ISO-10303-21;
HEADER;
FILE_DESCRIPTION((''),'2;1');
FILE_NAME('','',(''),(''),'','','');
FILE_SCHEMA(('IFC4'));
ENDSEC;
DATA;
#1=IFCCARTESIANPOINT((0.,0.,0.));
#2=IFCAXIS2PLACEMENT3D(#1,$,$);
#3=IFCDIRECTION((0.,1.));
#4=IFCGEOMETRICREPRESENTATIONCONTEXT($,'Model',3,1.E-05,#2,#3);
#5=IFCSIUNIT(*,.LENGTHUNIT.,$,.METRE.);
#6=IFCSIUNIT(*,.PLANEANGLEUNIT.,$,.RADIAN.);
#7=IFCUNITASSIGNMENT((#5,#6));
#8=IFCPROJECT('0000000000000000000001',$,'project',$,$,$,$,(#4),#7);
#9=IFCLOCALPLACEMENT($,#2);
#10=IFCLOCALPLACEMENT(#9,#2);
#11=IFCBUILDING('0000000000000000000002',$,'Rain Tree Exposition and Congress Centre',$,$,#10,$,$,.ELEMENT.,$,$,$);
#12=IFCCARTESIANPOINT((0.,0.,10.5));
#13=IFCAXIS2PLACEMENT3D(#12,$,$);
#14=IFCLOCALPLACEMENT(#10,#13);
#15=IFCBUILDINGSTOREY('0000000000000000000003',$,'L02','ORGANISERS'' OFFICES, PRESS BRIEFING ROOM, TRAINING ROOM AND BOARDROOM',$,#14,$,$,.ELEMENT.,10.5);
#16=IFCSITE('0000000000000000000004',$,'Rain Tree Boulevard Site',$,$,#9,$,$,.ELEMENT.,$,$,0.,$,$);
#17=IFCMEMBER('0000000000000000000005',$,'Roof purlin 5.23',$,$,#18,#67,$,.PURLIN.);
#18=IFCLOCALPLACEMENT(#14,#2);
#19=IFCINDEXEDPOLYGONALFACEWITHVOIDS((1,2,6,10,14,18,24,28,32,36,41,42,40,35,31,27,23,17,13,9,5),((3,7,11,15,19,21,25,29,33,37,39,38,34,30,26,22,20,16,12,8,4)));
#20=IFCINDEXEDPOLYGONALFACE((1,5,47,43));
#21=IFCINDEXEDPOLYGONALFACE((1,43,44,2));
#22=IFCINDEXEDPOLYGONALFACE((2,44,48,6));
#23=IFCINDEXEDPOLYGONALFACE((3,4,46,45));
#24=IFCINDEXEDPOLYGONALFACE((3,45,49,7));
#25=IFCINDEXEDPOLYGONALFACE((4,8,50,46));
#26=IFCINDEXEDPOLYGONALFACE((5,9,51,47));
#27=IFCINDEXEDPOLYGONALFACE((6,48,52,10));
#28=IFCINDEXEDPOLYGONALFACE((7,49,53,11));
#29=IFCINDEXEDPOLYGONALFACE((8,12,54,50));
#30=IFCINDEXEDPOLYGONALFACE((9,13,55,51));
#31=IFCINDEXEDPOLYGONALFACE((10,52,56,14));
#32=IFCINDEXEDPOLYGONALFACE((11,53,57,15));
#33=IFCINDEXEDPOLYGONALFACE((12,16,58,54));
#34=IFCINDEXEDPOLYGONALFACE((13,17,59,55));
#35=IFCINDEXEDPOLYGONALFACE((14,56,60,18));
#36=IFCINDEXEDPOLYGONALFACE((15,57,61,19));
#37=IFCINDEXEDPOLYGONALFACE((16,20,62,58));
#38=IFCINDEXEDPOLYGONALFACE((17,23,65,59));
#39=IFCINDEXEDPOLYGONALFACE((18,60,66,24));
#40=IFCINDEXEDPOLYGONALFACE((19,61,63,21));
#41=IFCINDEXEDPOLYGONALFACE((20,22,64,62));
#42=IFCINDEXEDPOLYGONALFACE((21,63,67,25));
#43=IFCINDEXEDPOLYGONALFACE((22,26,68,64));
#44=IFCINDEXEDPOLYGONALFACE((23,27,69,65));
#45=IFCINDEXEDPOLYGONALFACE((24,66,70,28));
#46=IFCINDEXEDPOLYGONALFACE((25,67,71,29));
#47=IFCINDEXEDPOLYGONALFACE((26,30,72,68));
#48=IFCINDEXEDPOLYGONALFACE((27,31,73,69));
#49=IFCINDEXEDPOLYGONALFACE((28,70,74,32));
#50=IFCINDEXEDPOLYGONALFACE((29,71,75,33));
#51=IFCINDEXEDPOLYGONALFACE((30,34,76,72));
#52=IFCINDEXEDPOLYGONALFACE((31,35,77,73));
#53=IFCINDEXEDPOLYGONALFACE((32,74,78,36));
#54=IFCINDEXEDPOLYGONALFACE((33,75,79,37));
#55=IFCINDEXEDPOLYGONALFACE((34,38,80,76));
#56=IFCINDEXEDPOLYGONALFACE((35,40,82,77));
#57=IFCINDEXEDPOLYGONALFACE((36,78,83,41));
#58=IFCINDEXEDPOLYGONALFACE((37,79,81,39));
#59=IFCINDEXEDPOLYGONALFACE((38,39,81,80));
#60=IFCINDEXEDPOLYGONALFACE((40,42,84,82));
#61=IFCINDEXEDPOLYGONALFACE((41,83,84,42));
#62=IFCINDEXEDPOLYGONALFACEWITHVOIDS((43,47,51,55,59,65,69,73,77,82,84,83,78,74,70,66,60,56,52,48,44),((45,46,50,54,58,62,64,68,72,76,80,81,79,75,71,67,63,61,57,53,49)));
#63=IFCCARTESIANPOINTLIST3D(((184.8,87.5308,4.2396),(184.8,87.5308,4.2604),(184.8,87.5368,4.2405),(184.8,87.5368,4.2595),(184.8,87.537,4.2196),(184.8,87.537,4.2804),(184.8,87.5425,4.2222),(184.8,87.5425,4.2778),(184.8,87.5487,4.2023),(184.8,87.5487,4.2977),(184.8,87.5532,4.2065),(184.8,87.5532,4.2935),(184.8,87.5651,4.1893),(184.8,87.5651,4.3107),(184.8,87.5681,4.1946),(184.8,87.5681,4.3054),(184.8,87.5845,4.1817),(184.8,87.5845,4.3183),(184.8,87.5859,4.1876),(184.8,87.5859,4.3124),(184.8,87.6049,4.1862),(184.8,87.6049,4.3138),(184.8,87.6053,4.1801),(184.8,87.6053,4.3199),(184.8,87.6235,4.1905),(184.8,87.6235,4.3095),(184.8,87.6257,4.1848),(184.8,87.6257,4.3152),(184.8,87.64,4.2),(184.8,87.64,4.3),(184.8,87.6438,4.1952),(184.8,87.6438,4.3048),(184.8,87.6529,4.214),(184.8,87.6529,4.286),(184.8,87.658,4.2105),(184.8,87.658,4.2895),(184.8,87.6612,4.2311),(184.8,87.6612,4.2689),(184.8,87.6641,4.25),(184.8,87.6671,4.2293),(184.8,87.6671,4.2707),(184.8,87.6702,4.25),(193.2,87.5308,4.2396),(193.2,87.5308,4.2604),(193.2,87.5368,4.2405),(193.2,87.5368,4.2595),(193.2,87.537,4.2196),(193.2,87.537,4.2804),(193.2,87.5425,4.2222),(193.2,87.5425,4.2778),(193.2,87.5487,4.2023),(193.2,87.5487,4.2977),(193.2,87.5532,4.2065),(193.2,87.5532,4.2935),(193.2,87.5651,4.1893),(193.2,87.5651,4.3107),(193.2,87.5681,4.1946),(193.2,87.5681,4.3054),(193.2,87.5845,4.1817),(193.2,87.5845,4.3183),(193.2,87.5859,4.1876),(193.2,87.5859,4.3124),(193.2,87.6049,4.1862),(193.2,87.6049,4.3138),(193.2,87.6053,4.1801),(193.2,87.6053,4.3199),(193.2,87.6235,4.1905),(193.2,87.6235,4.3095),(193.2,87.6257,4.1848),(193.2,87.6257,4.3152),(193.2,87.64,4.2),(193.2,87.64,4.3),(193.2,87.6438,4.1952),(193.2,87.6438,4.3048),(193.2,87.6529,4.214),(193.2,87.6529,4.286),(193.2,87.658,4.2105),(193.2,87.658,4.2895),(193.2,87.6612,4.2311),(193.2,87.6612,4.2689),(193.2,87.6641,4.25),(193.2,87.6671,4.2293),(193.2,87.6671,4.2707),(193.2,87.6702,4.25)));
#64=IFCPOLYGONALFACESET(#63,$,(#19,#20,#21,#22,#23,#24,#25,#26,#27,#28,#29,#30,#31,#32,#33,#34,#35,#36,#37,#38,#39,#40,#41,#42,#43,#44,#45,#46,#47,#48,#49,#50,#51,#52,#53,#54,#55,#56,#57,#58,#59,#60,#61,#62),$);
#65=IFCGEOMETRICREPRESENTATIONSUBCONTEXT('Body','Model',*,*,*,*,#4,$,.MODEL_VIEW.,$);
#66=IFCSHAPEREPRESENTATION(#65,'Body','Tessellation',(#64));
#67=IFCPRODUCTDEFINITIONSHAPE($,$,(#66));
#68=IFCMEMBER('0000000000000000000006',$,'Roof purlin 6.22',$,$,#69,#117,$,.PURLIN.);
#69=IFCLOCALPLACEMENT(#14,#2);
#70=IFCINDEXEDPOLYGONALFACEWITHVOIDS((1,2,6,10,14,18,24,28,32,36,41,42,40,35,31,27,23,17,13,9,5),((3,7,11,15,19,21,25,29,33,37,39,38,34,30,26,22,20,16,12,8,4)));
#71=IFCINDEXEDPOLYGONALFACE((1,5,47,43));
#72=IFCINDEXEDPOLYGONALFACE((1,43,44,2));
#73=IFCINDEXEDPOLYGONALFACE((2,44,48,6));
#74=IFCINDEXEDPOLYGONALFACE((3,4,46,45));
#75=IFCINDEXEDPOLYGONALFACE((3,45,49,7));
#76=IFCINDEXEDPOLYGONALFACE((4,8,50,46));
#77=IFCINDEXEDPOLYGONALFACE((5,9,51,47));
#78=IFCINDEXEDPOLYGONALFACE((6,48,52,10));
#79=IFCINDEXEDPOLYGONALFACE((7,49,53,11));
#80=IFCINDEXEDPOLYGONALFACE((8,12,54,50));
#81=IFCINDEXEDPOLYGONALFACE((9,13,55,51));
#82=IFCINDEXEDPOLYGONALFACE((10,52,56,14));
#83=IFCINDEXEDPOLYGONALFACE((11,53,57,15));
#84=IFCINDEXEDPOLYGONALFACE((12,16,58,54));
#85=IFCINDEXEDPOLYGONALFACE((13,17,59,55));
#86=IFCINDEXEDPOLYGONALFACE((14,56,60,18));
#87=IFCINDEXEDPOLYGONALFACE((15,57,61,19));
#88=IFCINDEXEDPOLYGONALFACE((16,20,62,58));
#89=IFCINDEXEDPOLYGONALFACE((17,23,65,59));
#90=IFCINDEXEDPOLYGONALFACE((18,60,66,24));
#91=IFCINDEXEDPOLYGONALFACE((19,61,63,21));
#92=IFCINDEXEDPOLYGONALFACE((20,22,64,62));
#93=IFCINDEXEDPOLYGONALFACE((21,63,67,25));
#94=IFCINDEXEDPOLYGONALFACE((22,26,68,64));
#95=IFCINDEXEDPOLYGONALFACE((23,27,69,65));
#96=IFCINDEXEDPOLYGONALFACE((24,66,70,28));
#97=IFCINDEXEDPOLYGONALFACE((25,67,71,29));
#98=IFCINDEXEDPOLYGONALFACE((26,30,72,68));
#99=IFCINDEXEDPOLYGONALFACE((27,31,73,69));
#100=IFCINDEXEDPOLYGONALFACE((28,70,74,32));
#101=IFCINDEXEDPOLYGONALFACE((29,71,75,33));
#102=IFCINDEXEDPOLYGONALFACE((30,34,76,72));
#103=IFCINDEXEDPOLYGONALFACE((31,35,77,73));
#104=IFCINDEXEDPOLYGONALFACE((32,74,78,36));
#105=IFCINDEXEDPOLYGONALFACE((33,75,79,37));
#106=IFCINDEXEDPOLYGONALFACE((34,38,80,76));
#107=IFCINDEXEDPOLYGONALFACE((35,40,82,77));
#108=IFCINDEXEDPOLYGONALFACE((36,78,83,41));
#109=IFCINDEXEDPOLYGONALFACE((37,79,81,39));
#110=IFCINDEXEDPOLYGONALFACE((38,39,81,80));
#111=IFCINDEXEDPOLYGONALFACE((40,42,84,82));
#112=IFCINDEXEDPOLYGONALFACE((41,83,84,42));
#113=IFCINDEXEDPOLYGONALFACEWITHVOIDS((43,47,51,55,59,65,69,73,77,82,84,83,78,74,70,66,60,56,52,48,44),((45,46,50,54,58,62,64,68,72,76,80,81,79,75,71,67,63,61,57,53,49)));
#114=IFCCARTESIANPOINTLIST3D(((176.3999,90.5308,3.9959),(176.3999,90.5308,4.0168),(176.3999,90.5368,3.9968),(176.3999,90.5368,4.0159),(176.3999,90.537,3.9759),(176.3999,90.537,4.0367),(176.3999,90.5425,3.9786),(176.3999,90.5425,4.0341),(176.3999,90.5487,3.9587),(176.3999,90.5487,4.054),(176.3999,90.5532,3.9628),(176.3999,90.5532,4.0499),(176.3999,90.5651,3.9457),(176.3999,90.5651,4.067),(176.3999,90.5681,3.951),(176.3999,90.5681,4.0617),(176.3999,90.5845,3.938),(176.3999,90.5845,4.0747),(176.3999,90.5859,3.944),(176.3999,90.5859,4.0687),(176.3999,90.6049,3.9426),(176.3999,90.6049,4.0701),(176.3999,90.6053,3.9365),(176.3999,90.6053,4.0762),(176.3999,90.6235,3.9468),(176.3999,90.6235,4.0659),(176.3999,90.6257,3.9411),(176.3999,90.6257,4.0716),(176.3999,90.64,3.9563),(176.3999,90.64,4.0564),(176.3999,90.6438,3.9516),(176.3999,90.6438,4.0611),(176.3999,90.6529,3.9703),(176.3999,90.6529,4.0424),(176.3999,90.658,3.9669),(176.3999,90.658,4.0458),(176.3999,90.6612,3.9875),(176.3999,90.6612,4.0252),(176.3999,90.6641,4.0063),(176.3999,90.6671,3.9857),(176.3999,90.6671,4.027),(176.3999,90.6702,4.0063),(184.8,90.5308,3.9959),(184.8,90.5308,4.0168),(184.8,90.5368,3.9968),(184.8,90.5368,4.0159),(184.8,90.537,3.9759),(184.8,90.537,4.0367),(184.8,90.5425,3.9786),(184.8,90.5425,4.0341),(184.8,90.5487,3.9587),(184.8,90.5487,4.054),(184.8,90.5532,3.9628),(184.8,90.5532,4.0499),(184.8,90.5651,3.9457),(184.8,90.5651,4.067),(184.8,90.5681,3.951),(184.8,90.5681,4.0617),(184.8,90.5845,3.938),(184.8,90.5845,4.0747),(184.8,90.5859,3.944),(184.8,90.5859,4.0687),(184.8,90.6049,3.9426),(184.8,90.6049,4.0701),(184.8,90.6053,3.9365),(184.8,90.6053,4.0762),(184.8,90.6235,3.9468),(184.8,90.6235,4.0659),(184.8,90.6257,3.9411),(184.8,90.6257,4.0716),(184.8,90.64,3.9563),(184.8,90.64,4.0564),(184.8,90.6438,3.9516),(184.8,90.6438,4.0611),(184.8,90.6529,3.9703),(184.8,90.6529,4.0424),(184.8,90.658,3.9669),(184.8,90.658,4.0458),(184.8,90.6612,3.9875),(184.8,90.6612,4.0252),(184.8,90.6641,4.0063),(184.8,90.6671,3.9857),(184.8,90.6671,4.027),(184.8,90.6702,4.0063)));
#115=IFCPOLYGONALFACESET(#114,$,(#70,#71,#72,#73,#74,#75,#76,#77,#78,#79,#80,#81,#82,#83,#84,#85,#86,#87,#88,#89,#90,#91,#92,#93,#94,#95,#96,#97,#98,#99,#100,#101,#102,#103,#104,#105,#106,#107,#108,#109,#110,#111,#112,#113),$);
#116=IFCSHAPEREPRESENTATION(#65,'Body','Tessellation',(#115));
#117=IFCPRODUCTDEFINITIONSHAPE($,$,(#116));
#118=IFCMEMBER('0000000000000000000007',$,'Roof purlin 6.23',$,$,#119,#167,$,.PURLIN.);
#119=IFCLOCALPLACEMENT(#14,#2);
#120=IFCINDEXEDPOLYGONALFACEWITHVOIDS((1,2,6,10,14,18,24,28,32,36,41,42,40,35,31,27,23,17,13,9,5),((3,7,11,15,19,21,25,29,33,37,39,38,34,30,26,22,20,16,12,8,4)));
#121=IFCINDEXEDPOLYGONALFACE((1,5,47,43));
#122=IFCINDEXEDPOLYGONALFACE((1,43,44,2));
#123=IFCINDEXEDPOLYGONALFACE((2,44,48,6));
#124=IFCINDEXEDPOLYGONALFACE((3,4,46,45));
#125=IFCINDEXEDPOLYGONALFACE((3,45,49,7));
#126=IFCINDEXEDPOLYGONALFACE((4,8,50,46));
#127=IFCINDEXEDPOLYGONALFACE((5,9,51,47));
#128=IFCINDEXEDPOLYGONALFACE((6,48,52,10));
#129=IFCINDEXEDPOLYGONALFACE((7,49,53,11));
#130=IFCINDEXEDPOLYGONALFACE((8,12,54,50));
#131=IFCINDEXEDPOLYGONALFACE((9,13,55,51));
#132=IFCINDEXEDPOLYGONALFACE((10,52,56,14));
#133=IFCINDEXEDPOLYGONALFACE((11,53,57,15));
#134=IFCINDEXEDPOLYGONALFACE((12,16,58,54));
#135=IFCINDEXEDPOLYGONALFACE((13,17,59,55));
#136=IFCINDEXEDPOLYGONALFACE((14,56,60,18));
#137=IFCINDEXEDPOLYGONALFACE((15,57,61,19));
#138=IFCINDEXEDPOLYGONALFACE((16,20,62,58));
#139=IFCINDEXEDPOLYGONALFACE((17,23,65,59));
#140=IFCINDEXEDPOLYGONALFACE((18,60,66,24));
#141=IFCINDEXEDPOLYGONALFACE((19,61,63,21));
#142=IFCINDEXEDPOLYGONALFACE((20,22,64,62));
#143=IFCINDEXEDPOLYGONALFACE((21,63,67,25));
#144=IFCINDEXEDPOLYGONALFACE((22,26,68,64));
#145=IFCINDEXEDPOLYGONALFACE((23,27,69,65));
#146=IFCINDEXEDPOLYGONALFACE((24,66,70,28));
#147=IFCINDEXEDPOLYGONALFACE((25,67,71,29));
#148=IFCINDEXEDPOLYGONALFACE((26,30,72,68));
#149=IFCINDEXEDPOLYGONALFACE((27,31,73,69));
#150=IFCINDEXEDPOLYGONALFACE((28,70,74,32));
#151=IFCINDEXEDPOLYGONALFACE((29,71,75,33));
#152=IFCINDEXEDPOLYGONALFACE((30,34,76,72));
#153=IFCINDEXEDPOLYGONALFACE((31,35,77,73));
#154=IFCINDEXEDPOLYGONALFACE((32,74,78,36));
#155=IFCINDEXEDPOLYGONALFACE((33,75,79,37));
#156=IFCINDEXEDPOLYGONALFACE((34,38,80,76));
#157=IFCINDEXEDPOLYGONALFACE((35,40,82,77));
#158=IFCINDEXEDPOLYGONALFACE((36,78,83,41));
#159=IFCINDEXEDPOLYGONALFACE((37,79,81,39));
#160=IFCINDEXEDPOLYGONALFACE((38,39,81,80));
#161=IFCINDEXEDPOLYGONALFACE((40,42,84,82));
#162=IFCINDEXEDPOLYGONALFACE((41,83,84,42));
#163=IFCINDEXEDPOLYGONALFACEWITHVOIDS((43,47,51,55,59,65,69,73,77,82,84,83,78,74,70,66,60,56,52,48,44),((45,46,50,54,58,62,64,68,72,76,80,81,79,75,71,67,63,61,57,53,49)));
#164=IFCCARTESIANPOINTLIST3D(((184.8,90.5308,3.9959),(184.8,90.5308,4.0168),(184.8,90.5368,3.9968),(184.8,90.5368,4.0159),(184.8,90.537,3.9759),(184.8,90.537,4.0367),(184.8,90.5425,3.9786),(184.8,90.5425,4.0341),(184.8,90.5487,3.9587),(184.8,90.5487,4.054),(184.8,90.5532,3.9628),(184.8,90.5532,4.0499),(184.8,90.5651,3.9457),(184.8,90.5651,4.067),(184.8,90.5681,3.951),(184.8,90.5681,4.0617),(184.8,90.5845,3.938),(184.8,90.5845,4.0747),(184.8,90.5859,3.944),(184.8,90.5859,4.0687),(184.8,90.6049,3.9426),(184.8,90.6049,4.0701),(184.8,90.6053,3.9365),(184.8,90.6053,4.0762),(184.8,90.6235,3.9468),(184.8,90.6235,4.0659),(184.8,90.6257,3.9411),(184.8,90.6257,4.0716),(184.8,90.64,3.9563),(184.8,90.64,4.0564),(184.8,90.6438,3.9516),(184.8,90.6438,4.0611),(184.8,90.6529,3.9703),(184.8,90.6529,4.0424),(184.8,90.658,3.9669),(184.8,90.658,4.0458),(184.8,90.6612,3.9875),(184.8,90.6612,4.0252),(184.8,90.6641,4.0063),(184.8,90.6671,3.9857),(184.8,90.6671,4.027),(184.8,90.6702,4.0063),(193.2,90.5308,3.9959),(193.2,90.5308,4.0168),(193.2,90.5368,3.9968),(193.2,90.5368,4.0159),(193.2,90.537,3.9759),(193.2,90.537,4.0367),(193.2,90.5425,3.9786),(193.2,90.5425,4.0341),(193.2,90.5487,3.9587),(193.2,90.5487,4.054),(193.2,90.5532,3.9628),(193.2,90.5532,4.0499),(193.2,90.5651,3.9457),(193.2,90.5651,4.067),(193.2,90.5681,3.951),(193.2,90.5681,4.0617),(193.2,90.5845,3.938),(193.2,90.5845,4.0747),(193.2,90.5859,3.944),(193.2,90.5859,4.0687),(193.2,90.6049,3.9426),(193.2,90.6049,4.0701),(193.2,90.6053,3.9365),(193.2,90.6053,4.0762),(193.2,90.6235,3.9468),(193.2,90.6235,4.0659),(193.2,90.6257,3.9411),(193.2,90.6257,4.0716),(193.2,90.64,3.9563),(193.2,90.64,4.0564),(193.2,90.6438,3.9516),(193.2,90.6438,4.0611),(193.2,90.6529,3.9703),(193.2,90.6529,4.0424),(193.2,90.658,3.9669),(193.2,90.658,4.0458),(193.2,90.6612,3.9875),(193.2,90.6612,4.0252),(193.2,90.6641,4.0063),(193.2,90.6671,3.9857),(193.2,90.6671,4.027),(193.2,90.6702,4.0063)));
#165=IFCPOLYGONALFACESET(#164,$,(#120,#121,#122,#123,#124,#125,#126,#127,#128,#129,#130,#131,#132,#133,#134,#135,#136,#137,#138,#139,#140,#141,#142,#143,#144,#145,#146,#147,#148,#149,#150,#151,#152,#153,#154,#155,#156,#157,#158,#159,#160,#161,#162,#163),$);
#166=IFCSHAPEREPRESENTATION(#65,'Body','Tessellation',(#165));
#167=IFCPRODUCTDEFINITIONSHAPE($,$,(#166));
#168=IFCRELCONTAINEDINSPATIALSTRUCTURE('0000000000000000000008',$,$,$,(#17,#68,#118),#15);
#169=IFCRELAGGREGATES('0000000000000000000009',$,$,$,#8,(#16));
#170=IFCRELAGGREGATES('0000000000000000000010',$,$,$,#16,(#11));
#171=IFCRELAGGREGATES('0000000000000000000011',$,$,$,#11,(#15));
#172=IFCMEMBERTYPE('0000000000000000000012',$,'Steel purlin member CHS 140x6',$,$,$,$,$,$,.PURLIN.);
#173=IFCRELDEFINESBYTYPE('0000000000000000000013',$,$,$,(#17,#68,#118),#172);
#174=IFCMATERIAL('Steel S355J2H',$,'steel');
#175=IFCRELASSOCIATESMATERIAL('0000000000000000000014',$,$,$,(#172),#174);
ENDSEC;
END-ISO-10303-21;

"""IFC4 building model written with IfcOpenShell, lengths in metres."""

from ifc_helpers import new_model, si_unit, direction, frame, origin, origin_2d, place, context, subcontext, project, spatial, hollow_circle, extrude, material, material_profile, profile_set, type_object, element, save


model = new_model("IFC4")

# Units and contexts
model_context = context("Model", 3, precision=1e-05, world=origin(), true_north=direction((0.0, 1.0)))
body_context = subcontext(model_context, "Body", "Model", "MODEL_VIEW")
ifc_project = project(units=[si_unit("LENGTHUNIT", "METRE"), si_unit("PLANEANGLEUNIT", "RADIAN")], contexts=[model_context])

# Site, building, storey
site_placement = place(None, origin())
site = spatial("IfcSite", under=ifc_project, at=site_placement, Name="Rain Tree Boulevard Site", CompositionType="ELEMENT", RefElevation=0.0)
building_placement = place(site_placement, origin())
building = spatial("IfcBuilding", under=site, at=building_placement, Name="Rain Tree Exposition and Congress Centre", CompositionType="ELEMENT")
storey_placement = place(building_placement, frame((0.0, 0.0, 10.5)))
storey = spatial("IfcBuildingStorey", under=building, at=storey_placement, Name="L02", Description="ORGANISERS' OFFICES, PRESS BRIEFING ROOM, TRAINING ROOM AND BOARDROOM", CompositionType="ELEMENT", Elevation=10.5)

# Members
ifc_material_1 = material(Name="Steel S355J2H", Category="steel")
ifc_material_profile_1 = material_profile(ifc_material_1, hollow_circle(Radius=0.0701, WallThickness=0.0061, at=origin_2d()), Name="CHS 140x6")
ifc_profile_set_1 = profile_set([ifc_material_profile_1], Name="Steel S355J2H")
member_type_1 = type_object("IfcMemberType", Name="Steel purlin member CHS 140x6", PredefinedType="PURLIN", material=ifc_profile_set_1)
member_1_placement = place(storey_placement, frame((184.8, 87.6001, 4.25), z_axis=(1.0, 0.0, 0.0), x_axis=(0.0, 1.0, 0.0)))
element("IfcMember", 1, at=member_1_placement, inside=storey, type_object=member_type_1, Name="Roof purlin 5.23", PredefinedType="PURLIN", context=body_context, shape_type="SweptSolid", body=[
    extrude(hollow_circle(Radius=0.0701, WallThickness=0.0061, at=origin_2d()), origin(), (0.0, 0.0, 1.0), 8.3999),
])
member_2_placement = place(storey_placement, frame((176.3999, 90.6001, 4.0063), z_axis=(1.0, 0.0, 0.0), x_axis=(0.0, 1.0, 0.0)))
element("IfcMember", 2, at=member_2_placement, inside=storey, type_object=member_type_1, Name="Roof purlin 6.22", PredefinedType="PURLIN", context=body_context, shape_type="SweptSolid", body=[
    extrude(hollow_circle(Radius=0.0701, WallThickness=0.0061, at=origin_2d()), origin(), (0.0, 0.0, 1.0), 8.4001),
])
for number, where, z_axis, x_axis, name in (
    (3, (184.8, 90.6001, 4.0063), (1.0, 0.0, 0.0), (0.0, 1.0, 0.0), "Roof purlin 6.23"),
):
    element("IfcMember", number, at=place(storey_placement, frame(where, z_axis=z_axis, x_axis=x_axis)), inside=storey, type_object=member_type_1, Name=name, PredefinedType="PURLIN", context=body_context, shape_type="SweptSolid", body=[
        extrude(hollow_circle(Radius=0.0701, WallThickness=0.0061, at=origin_2d()), origin(), (0.0, 0.0, 1.0), 8.3999),
    ])

save(model, "model.ifc")
